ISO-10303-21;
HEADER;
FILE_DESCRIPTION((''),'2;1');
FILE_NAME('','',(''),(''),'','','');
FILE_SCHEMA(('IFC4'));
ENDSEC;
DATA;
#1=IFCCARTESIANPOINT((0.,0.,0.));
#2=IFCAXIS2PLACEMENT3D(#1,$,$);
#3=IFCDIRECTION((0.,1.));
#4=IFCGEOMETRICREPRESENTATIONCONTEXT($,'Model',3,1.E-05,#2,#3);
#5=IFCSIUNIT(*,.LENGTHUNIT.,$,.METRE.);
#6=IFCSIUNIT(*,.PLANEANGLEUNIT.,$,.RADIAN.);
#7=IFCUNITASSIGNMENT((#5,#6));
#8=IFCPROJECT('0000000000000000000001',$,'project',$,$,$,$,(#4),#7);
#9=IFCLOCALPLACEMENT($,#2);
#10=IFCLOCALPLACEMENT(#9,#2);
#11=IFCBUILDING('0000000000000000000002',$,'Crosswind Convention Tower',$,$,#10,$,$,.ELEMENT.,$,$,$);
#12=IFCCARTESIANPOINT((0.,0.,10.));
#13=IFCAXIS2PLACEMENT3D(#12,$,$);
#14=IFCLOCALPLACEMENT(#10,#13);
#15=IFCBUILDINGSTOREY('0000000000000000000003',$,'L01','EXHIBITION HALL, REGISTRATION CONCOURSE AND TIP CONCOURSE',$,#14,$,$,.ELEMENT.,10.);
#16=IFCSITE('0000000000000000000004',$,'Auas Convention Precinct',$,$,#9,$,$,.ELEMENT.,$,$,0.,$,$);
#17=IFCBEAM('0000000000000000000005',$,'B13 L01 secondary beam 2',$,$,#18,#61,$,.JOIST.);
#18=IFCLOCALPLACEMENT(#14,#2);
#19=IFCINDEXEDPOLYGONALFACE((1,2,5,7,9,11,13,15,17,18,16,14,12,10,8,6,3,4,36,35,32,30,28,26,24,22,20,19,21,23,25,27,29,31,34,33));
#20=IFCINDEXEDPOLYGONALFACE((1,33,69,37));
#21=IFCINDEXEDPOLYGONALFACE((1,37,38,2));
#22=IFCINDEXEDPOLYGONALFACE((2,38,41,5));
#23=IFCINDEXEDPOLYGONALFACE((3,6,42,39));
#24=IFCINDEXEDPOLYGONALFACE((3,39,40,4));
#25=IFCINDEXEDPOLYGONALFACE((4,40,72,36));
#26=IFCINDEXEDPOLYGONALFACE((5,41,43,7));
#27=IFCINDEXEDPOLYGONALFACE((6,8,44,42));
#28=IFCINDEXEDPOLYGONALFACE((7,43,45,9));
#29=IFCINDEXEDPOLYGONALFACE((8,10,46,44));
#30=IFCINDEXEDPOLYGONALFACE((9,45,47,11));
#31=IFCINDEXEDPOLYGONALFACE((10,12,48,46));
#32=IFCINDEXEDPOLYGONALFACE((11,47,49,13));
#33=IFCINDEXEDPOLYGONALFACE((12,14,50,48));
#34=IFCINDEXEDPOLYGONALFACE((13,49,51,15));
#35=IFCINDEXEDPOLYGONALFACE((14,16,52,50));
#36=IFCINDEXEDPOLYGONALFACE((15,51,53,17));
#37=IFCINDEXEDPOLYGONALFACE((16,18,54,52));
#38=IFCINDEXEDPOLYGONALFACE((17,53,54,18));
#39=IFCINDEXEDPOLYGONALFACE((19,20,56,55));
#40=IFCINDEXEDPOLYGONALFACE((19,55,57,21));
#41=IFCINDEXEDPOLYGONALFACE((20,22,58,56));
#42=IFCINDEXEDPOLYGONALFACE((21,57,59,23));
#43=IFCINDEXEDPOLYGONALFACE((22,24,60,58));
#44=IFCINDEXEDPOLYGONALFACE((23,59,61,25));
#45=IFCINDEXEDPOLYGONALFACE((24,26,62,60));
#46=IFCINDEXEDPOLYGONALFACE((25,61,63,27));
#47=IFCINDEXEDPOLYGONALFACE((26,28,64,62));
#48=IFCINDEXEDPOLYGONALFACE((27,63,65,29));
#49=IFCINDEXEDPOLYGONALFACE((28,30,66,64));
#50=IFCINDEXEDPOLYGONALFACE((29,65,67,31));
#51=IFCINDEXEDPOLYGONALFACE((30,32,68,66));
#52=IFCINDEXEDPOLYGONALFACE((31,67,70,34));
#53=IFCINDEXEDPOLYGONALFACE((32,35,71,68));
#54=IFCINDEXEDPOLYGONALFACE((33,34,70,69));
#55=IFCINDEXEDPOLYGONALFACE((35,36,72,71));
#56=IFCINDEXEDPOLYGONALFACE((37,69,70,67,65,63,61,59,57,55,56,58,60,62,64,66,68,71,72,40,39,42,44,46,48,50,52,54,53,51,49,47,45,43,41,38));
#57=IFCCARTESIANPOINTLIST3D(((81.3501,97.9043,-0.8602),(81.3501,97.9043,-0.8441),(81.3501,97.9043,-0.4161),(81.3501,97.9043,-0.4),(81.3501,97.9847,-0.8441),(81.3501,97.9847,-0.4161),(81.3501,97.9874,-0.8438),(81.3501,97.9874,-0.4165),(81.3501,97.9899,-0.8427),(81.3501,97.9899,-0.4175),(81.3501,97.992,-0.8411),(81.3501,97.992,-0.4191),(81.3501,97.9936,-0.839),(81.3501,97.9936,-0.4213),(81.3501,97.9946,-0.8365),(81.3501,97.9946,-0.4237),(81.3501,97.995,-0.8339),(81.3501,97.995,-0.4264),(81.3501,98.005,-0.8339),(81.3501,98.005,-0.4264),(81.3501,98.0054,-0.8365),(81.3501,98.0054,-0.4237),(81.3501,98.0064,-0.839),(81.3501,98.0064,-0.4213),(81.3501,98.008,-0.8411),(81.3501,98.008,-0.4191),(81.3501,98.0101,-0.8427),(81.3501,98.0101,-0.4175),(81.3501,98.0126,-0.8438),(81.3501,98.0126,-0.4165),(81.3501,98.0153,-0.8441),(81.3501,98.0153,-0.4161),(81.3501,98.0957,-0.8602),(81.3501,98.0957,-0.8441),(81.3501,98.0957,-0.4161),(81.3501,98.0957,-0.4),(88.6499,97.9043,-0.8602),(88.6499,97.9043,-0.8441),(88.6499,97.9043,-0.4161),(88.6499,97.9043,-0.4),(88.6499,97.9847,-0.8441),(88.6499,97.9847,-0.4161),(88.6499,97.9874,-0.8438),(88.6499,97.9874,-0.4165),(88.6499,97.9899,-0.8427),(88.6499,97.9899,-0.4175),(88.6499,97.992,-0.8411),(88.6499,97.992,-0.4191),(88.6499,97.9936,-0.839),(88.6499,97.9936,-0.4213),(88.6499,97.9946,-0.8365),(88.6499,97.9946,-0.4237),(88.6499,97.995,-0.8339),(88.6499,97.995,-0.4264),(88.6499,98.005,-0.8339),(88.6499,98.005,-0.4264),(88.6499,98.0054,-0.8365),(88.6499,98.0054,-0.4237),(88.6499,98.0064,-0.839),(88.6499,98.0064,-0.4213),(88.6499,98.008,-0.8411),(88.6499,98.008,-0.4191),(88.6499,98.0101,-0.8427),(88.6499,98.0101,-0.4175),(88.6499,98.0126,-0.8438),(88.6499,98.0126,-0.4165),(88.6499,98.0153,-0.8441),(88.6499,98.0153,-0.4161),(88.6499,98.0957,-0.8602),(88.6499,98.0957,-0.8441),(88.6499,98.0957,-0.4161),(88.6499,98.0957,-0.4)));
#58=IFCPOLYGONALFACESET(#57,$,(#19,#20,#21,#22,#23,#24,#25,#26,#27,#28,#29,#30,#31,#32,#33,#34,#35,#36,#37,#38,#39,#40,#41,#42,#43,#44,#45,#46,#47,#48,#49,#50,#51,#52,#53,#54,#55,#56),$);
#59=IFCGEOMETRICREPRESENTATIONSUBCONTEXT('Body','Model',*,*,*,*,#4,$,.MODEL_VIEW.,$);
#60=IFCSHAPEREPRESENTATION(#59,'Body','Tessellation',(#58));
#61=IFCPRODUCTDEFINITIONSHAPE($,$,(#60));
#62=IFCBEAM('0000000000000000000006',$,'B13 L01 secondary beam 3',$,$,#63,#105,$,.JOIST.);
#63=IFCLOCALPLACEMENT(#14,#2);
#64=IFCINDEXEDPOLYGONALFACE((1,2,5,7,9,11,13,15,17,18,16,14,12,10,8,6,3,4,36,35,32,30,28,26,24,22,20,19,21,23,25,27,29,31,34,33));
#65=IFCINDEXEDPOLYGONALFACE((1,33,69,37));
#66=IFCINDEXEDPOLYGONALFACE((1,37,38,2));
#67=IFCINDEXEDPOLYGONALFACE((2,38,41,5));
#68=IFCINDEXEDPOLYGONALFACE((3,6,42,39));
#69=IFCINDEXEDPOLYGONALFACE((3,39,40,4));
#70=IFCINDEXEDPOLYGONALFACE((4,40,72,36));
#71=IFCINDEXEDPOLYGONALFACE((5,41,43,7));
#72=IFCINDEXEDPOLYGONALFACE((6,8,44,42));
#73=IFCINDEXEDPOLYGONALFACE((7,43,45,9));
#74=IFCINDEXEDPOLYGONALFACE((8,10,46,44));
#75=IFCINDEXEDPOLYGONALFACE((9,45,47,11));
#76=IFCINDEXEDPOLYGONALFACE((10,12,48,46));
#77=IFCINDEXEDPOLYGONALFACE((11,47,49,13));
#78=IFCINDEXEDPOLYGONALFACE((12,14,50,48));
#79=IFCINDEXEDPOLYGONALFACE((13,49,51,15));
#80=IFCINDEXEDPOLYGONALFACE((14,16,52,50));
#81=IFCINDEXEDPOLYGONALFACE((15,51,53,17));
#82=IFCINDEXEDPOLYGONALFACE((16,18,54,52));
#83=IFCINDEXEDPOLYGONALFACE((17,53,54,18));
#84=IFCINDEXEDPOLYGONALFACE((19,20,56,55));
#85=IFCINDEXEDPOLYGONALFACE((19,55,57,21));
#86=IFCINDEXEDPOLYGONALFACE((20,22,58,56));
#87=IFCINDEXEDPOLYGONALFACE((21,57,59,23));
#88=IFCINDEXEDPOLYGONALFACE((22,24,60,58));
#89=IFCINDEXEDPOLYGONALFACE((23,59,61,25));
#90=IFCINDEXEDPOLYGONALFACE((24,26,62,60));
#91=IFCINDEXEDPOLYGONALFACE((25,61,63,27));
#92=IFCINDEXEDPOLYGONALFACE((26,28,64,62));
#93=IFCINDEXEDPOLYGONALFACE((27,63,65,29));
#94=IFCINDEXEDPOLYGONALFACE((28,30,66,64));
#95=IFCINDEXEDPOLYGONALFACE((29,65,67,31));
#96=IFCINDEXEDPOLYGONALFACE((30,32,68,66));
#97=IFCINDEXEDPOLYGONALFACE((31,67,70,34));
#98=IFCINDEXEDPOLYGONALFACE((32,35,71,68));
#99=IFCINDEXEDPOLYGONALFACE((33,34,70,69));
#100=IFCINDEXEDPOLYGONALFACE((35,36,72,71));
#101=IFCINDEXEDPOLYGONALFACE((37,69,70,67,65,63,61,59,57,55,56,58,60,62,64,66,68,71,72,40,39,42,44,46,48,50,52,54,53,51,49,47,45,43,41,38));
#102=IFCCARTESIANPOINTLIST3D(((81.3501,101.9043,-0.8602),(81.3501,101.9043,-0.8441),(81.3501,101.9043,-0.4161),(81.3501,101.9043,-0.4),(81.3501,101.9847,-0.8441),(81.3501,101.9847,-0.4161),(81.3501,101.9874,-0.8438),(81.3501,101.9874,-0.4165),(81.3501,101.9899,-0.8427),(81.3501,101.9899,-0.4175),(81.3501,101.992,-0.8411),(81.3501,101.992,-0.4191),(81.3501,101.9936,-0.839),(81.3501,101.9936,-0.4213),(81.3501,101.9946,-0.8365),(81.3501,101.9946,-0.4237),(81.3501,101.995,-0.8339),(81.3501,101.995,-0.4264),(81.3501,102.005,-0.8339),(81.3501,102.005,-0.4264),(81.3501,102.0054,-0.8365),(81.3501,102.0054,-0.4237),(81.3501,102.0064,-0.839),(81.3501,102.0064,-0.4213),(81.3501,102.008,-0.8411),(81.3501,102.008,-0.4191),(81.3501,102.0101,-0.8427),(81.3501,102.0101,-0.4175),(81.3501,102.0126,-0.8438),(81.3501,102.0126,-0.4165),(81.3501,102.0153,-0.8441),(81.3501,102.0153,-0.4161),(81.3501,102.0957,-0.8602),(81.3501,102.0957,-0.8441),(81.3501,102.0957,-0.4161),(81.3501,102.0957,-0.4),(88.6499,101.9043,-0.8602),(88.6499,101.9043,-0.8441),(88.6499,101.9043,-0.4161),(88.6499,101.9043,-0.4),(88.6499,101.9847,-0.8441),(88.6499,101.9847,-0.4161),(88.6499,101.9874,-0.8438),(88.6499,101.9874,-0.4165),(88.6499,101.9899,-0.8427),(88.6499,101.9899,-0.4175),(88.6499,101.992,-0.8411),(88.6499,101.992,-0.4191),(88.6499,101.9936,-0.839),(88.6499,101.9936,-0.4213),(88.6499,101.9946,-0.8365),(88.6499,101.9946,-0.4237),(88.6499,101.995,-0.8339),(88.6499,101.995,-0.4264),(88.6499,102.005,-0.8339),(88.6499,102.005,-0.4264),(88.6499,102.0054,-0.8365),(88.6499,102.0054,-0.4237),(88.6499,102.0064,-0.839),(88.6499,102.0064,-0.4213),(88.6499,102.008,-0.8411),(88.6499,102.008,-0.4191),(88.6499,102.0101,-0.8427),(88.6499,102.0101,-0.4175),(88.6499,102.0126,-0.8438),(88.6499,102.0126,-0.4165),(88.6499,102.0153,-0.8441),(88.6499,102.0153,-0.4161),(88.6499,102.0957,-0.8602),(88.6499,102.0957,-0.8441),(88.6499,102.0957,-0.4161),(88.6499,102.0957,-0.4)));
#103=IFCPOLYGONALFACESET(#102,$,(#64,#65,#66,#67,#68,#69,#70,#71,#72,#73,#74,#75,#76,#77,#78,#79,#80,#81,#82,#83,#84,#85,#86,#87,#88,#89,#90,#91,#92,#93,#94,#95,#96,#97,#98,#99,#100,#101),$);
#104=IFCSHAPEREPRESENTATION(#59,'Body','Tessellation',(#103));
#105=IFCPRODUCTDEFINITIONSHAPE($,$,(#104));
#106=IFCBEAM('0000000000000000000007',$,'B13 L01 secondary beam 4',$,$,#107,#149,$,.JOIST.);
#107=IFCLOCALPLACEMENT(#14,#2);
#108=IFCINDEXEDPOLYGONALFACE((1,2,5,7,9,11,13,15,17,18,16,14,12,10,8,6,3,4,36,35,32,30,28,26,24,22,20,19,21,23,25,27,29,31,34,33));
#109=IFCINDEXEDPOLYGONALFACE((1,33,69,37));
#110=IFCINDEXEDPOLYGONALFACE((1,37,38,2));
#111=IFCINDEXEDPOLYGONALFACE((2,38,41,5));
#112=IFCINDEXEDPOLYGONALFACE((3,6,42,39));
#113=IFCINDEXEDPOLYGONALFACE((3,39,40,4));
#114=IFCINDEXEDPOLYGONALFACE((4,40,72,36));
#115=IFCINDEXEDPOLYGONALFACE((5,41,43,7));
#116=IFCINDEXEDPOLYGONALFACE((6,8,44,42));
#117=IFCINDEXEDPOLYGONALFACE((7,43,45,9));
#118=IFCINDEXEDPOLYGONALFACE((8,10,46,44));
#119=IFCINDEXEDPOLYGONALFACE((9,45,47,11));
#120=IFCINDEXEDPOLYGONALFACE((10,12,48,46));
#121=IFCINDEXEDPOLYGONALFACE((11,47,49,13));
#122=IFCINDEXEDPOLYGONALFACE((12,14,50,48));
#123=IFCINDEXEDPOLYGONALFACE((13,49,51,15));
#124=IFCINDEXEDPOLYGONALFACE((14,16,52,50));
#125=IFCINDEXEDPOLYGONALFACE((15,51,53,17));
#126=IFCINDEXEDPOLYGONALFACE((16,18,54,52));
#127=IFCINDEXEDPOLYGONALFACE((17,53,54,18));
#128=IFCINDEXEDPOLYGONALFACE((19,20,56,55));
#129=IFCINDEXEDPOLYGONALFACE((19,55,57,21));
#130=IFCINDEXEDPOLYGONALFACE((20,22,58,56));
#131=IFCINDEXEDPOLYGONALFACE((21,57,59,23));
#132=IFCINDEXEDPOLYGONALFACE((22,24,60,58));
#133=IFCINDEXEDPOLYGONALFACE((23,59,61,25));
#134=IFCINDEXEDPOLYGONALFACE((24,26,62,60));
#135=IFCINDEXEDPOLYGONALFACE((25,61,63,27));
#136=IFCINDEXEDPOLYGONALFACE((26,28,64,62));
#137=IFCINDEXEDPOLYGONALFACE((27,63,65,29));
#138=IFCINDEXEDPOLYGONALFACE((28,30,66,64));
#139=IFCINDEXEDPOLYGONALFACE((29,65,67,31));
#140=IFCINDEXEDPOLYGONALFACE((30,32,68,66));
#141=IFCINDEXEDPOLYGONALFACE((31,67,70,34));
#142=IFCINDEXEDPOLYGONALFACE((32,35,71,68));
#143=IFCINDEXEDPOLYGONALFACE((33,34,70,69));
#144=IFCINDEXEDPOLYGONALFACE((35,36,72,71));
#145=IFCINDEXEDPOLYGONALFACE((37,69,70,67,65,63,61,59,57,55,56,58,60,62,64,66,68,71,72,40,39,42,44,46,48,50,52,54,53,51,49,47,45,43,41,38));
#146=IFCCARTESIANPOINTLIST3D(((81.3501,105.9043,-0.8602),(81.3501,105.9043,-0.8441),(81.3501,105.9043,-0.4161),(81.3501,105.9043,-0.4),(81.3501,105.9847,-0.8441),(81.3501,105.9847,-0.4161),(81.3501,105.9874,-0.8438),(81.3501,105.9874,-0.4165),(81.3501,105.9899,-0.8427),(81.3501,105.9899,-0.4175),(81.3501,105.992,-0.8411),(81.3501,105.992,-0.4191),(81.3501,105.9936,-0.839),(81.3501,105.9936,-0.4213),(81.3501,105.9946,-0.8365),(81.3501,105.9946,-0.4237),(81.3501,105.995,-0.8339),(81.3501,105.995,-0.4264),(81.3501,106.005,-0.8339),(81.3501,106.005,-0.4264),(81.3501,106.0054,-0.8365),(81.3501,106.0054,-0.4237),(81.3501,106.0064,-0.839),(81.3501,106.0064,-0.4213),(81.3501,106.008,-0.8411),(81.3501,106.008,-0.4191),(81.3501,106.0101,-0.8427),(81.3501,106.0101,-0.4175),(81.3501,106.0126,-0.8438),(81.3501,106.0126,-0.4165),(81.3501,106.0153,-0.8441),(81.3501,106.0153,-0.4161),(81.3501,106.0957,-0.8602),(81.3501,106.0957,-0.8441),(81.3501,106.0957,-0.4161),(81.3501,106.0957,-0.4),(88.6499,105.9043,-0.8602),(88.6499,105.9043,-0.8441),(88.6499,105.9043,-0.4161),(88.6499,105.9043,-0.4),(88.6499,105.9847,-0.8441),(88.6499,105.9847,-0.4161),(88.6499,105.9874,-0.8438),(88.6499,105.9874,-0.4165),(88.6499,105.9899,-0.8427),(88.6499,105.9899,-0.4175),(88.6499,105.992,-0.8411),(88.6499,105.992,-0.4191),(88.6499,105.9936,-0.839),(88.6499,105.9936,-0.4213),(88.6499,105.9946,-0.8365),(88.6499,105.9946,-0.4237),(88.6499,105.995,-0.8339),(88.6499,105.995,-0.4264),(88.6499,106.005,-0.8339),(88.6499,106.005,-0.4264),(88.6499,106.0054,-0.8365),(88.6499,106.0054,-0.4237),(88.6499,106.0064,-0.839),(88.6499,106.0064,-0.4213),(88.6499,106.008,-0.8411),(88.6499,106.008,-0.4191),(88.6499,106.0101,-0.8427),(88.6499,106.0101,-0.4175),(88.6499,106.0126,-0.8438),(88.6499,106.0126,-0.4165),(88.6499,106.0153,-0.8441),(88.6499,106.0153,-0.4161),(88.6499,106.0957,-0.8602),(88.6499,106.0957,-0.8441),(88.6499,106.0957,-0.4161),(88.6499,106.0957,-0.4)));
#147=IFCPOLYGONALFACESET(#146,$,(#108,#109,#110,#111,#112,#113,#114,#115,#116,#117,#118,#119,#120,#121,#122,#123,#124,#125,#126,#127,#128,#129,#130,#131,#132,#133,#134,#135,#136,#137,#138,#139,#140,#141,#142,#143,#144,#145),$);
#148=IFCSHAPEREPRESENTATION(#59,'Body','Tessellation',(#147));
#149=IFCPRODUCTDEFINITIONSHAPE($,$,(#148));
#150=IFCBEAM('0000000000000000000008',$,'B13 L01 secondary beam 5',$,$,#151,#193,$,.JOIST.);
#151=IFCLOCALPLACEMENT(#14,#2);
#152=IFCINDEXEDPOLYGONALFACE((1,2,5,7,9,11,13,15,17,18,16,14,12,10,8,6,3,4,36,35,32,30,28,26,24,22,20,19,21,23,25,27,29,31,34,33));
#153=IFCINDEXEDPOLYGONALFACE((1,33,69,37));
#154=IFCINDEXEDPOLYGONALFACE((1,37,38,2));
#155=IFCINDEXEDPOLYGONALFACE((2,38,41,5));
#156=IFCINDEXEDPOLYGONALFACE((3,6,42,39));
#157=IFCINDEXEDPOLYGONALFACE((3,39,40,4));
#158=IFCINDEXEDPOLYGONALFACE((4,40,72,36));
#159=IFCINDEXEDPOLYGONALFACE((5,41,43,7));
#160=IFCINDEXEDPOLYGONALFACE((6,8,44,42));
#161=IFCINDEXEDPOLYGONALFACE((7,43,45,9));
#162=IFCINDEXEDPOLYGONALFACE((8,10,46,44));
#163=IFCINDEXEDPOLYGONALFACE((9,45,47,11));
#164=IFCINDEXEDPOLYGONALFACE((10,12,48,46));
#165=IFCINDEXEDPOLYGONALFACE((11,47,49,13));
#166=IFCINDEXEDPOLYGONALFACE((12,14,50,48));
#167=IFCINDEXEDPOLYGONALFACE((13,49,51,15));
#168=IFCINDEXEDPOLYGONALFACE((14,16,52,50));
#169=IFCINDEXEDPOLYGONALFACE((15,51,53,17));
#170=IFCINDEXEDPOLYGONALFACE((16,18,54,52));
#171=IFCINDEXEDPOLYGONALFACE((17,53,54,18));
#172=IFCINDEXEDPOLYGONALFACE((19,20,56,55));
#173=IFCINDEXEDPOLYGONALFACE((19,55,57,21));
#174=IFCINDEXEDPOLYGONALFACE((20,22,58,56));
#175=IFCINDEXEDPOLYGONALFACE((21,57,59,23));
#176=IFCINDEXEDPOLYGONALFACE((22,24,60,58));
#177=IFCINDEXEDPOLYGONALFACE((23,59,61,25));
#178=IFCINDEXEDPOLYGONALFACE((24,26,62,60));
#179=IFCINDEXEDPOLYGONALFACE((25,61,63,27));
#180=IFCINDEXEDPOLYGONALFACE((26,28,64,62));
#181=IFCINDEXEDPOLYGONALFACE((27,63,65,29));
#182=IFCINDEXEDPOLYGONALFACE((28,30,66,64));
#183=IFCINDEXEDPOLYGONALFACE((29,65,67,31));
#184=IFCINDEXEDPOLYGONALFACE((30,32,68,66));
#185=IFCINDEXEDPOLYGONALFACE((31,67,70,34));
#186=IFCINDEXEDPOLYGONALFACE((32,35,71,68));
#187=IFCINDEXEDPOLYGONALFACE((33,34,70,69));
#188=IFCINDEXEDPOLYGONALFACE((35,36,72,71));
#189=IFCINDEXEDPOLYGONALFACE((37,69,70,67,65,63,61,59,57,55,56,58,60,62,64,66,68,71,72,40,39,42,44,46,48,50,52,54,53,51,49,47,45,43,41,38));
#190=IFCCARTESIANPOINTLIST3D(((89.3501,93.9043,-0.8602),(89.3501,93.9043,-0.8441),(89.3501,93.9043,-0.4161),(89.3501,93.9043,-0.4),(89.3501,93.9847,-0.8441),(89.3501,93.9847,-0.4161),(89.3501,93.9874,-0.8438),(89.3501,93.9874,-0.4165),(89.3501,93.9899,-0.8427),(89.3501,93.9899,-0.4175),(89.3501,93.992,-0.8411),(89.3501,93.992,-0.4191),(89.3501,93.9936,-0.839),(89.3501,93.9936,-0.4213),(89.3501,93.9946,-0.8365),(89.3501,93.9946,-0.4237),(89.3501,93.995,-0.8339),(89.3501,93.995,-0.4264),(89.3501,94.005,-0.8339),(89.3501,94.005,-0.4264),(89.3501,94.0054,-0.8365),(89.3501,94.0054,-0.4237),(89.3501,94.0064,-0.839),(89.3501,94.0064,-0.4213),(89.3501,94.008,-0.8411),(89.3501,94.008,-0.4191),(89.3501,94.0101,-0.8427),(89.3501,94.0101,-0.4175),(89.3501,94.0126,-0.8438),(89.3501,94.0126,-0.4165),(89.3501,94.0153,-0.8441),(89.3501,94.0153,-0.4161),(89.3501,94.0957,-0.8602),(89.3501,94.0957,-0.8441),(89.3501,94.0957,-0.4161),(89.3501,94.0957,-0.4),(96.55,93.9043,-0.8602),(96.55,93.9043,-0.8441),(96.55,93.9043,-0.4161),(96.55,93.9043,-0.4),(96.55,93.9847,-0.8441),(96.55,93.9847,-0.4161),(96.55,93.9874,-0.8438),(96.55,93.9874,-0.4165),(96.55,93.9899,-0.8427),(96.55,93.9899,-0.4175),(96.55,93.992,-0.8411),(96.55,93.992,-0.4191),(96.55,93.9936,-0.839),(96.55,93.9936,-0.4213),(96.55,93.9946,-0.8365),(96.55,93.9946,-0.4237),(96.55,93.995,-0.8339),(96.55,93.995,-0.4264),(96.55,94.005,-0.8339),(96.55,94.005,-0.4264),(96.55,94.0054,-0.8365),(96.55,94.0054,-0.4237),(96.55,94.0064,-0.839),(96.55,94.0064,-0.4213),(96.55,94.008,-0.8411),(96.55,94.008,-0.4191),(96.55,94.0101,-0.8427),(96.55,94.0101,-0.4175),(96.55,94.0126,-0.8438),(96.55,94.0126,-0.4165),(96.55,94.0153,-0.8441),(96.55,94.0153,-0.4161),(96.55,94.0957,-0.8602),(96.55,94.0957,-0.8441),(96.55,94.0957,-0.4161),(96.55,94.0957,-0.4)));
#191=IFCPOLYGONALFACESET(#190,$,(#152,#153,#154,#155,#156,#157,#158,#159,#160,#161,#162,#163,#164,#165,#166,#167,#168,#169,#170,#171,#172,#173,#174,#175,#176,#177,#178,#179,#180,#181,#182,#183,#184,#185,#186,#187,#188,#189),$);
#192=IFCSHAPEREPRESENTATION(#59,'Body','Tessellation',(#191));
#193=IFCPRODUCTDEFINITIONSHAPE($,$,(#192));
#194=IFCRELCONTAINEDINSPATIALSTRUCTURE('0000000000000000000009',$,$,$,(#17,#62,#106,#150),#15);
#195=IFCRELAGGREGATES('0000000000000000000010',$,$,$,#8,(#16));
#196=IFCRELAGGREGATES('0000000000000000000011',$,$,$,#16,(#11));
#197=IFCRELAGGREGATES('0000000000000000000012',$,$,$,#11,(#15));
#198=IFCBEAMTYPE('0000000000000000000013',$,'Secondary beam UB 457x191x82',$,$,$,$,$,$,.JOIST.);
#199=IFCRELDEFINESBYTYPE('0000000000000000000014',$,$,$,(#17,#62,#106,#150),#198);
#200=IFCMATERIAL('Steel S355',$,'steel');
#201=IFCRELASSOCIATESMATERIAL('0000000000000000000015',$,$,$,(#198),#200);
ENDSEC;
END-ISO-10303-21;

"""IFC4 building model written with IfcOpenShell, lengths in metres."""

from ifc_helpers import new_model, si_unit, direction, frame, origin, origin_2d, place, context, subcontext, project, spatial, i_section, extrude, material, material_profile, profile_set, type_object, element, save


model = new_model("IFC4")

# Units and contexts
model_context = context("Model", 3, precision=1e-05, world=origin(), true_north=direction((0.0, 1.0)))
body_context = subcontext(model_context, "Body", "Model", "MODEL_VIEW")
ifc_project = project(units=[si_unit("LENGTHUNIT", "METRE"), si_unit("PLANEANGLEUNIT", "RADIAN")], contexts=[model_context])

# Site, building, storey
site_placement = place(None, origin())
site = spatial("IfcSite", under=ifc_project, at=site_placement, Name="Auas Convention Precinct", CompositionType="ELEMENT", RefElevation=0.0)
building_placement = place(site_placement, origin())
building = spatial("IfcBuilding", under=site, at=building_placement, Name="Crosswind Convention Tower", CompositionType="ELEMENT")
storey_placement = place(building_placement, frame((0.0, 0.0, 10.0)))
storey = spatial("IfcBuildingStorey", under=building, at=storey_placement, Name="L01", Description="EXHIBITION HALL, REGISTRATION CONCOURSE AND TIP CONCOURSE", CompositionType="ELEMENT", Elevation=10.0)

# Shared definitions
ifc_material_1 = material(Name="Steel S355", Category="steel")

# Beams
ifc_material_profile_1 = material_profile(ifc_material_1, i_section(OverallWidth=0.1914, OverallDepth=0.4602, WebThickness=0.01, FlangeThickness=0.0161, FilletRadius=0.0103, at=origin_2d()), Name="UB 457x191x82")
ifc_profile_set_1 = profile_set([ifc_material_profile_1], Name="Steel S355")
beam_type_1 = type_object("IfcBeamType", Name="Secondary beam UB 457x191x82", PredefinedType="JOIST", material=ifc_profile_set_1)
for number, where, z_axis, x_axis, name in (
    (1, (81.3501, 98.0, -0.6301), (1.0, 0.0, 0.0), (0.0, 1.0, 0.0), "B13 L01 secondary beam 2"),
    (2, (81.3501, 102.0, -0.6301), (1.0, 0.0, 0.0), (0.0, 1.0, 0.0), "B13 L01 secondary beam 3"),
    (3, (81.3501, 106.0, -0.6301), (1.0, 0.0, 0.0), (0.0, 1.0, 0.0), "B13 L01 secondary beam 4"),
):
    element("IfcBeam", number, at=place(storey_placement, frame(where, z_axis=z_axis, x_axis=x_axis)), inside=storey, type_object=beam_type_1, Name=name, PredefinedType="JOIST", context=body_context, shape_type="SweptSolid", body=[
        extrude(i_section(OverallWidth=0.1914, OverallDepth=0.4602, WebThickness=0.01, FlangeThickness=0.0161, FilletRadius=0.0103, at=origin_2d()), origin(), (0.0, 0.0, 1.0), 7.2998),
    ])
for number, where, z_axis, x_axis, name in (
    (4, (89.3501, 94.0, -0.6301), (1.0, 0.0, 0.0), (0.0, 1.0, 0.0), "B13 L01 secondary beam 5"),
):
    element("IfcBeam", number, at=place(storey_placement, frame(where, z_axis=z_axis, x_axis=x_axis)), inside=storey, type_object=beam_type_1, Name=name, PredefinedType="JOIST", context=body_context, shape_type="SweptSolid", body=[
        extrude(i_section(OverallWidth=0.1914, OverallDepth=0.4602, WebThickness=0.01, FlangeThickness=0.0161, FilletRadius=0.0103, at=origin_2d()), origin(), (0.0, 0.0, 1.0), 7.2),
    ])

save(model, "model.ifc")
